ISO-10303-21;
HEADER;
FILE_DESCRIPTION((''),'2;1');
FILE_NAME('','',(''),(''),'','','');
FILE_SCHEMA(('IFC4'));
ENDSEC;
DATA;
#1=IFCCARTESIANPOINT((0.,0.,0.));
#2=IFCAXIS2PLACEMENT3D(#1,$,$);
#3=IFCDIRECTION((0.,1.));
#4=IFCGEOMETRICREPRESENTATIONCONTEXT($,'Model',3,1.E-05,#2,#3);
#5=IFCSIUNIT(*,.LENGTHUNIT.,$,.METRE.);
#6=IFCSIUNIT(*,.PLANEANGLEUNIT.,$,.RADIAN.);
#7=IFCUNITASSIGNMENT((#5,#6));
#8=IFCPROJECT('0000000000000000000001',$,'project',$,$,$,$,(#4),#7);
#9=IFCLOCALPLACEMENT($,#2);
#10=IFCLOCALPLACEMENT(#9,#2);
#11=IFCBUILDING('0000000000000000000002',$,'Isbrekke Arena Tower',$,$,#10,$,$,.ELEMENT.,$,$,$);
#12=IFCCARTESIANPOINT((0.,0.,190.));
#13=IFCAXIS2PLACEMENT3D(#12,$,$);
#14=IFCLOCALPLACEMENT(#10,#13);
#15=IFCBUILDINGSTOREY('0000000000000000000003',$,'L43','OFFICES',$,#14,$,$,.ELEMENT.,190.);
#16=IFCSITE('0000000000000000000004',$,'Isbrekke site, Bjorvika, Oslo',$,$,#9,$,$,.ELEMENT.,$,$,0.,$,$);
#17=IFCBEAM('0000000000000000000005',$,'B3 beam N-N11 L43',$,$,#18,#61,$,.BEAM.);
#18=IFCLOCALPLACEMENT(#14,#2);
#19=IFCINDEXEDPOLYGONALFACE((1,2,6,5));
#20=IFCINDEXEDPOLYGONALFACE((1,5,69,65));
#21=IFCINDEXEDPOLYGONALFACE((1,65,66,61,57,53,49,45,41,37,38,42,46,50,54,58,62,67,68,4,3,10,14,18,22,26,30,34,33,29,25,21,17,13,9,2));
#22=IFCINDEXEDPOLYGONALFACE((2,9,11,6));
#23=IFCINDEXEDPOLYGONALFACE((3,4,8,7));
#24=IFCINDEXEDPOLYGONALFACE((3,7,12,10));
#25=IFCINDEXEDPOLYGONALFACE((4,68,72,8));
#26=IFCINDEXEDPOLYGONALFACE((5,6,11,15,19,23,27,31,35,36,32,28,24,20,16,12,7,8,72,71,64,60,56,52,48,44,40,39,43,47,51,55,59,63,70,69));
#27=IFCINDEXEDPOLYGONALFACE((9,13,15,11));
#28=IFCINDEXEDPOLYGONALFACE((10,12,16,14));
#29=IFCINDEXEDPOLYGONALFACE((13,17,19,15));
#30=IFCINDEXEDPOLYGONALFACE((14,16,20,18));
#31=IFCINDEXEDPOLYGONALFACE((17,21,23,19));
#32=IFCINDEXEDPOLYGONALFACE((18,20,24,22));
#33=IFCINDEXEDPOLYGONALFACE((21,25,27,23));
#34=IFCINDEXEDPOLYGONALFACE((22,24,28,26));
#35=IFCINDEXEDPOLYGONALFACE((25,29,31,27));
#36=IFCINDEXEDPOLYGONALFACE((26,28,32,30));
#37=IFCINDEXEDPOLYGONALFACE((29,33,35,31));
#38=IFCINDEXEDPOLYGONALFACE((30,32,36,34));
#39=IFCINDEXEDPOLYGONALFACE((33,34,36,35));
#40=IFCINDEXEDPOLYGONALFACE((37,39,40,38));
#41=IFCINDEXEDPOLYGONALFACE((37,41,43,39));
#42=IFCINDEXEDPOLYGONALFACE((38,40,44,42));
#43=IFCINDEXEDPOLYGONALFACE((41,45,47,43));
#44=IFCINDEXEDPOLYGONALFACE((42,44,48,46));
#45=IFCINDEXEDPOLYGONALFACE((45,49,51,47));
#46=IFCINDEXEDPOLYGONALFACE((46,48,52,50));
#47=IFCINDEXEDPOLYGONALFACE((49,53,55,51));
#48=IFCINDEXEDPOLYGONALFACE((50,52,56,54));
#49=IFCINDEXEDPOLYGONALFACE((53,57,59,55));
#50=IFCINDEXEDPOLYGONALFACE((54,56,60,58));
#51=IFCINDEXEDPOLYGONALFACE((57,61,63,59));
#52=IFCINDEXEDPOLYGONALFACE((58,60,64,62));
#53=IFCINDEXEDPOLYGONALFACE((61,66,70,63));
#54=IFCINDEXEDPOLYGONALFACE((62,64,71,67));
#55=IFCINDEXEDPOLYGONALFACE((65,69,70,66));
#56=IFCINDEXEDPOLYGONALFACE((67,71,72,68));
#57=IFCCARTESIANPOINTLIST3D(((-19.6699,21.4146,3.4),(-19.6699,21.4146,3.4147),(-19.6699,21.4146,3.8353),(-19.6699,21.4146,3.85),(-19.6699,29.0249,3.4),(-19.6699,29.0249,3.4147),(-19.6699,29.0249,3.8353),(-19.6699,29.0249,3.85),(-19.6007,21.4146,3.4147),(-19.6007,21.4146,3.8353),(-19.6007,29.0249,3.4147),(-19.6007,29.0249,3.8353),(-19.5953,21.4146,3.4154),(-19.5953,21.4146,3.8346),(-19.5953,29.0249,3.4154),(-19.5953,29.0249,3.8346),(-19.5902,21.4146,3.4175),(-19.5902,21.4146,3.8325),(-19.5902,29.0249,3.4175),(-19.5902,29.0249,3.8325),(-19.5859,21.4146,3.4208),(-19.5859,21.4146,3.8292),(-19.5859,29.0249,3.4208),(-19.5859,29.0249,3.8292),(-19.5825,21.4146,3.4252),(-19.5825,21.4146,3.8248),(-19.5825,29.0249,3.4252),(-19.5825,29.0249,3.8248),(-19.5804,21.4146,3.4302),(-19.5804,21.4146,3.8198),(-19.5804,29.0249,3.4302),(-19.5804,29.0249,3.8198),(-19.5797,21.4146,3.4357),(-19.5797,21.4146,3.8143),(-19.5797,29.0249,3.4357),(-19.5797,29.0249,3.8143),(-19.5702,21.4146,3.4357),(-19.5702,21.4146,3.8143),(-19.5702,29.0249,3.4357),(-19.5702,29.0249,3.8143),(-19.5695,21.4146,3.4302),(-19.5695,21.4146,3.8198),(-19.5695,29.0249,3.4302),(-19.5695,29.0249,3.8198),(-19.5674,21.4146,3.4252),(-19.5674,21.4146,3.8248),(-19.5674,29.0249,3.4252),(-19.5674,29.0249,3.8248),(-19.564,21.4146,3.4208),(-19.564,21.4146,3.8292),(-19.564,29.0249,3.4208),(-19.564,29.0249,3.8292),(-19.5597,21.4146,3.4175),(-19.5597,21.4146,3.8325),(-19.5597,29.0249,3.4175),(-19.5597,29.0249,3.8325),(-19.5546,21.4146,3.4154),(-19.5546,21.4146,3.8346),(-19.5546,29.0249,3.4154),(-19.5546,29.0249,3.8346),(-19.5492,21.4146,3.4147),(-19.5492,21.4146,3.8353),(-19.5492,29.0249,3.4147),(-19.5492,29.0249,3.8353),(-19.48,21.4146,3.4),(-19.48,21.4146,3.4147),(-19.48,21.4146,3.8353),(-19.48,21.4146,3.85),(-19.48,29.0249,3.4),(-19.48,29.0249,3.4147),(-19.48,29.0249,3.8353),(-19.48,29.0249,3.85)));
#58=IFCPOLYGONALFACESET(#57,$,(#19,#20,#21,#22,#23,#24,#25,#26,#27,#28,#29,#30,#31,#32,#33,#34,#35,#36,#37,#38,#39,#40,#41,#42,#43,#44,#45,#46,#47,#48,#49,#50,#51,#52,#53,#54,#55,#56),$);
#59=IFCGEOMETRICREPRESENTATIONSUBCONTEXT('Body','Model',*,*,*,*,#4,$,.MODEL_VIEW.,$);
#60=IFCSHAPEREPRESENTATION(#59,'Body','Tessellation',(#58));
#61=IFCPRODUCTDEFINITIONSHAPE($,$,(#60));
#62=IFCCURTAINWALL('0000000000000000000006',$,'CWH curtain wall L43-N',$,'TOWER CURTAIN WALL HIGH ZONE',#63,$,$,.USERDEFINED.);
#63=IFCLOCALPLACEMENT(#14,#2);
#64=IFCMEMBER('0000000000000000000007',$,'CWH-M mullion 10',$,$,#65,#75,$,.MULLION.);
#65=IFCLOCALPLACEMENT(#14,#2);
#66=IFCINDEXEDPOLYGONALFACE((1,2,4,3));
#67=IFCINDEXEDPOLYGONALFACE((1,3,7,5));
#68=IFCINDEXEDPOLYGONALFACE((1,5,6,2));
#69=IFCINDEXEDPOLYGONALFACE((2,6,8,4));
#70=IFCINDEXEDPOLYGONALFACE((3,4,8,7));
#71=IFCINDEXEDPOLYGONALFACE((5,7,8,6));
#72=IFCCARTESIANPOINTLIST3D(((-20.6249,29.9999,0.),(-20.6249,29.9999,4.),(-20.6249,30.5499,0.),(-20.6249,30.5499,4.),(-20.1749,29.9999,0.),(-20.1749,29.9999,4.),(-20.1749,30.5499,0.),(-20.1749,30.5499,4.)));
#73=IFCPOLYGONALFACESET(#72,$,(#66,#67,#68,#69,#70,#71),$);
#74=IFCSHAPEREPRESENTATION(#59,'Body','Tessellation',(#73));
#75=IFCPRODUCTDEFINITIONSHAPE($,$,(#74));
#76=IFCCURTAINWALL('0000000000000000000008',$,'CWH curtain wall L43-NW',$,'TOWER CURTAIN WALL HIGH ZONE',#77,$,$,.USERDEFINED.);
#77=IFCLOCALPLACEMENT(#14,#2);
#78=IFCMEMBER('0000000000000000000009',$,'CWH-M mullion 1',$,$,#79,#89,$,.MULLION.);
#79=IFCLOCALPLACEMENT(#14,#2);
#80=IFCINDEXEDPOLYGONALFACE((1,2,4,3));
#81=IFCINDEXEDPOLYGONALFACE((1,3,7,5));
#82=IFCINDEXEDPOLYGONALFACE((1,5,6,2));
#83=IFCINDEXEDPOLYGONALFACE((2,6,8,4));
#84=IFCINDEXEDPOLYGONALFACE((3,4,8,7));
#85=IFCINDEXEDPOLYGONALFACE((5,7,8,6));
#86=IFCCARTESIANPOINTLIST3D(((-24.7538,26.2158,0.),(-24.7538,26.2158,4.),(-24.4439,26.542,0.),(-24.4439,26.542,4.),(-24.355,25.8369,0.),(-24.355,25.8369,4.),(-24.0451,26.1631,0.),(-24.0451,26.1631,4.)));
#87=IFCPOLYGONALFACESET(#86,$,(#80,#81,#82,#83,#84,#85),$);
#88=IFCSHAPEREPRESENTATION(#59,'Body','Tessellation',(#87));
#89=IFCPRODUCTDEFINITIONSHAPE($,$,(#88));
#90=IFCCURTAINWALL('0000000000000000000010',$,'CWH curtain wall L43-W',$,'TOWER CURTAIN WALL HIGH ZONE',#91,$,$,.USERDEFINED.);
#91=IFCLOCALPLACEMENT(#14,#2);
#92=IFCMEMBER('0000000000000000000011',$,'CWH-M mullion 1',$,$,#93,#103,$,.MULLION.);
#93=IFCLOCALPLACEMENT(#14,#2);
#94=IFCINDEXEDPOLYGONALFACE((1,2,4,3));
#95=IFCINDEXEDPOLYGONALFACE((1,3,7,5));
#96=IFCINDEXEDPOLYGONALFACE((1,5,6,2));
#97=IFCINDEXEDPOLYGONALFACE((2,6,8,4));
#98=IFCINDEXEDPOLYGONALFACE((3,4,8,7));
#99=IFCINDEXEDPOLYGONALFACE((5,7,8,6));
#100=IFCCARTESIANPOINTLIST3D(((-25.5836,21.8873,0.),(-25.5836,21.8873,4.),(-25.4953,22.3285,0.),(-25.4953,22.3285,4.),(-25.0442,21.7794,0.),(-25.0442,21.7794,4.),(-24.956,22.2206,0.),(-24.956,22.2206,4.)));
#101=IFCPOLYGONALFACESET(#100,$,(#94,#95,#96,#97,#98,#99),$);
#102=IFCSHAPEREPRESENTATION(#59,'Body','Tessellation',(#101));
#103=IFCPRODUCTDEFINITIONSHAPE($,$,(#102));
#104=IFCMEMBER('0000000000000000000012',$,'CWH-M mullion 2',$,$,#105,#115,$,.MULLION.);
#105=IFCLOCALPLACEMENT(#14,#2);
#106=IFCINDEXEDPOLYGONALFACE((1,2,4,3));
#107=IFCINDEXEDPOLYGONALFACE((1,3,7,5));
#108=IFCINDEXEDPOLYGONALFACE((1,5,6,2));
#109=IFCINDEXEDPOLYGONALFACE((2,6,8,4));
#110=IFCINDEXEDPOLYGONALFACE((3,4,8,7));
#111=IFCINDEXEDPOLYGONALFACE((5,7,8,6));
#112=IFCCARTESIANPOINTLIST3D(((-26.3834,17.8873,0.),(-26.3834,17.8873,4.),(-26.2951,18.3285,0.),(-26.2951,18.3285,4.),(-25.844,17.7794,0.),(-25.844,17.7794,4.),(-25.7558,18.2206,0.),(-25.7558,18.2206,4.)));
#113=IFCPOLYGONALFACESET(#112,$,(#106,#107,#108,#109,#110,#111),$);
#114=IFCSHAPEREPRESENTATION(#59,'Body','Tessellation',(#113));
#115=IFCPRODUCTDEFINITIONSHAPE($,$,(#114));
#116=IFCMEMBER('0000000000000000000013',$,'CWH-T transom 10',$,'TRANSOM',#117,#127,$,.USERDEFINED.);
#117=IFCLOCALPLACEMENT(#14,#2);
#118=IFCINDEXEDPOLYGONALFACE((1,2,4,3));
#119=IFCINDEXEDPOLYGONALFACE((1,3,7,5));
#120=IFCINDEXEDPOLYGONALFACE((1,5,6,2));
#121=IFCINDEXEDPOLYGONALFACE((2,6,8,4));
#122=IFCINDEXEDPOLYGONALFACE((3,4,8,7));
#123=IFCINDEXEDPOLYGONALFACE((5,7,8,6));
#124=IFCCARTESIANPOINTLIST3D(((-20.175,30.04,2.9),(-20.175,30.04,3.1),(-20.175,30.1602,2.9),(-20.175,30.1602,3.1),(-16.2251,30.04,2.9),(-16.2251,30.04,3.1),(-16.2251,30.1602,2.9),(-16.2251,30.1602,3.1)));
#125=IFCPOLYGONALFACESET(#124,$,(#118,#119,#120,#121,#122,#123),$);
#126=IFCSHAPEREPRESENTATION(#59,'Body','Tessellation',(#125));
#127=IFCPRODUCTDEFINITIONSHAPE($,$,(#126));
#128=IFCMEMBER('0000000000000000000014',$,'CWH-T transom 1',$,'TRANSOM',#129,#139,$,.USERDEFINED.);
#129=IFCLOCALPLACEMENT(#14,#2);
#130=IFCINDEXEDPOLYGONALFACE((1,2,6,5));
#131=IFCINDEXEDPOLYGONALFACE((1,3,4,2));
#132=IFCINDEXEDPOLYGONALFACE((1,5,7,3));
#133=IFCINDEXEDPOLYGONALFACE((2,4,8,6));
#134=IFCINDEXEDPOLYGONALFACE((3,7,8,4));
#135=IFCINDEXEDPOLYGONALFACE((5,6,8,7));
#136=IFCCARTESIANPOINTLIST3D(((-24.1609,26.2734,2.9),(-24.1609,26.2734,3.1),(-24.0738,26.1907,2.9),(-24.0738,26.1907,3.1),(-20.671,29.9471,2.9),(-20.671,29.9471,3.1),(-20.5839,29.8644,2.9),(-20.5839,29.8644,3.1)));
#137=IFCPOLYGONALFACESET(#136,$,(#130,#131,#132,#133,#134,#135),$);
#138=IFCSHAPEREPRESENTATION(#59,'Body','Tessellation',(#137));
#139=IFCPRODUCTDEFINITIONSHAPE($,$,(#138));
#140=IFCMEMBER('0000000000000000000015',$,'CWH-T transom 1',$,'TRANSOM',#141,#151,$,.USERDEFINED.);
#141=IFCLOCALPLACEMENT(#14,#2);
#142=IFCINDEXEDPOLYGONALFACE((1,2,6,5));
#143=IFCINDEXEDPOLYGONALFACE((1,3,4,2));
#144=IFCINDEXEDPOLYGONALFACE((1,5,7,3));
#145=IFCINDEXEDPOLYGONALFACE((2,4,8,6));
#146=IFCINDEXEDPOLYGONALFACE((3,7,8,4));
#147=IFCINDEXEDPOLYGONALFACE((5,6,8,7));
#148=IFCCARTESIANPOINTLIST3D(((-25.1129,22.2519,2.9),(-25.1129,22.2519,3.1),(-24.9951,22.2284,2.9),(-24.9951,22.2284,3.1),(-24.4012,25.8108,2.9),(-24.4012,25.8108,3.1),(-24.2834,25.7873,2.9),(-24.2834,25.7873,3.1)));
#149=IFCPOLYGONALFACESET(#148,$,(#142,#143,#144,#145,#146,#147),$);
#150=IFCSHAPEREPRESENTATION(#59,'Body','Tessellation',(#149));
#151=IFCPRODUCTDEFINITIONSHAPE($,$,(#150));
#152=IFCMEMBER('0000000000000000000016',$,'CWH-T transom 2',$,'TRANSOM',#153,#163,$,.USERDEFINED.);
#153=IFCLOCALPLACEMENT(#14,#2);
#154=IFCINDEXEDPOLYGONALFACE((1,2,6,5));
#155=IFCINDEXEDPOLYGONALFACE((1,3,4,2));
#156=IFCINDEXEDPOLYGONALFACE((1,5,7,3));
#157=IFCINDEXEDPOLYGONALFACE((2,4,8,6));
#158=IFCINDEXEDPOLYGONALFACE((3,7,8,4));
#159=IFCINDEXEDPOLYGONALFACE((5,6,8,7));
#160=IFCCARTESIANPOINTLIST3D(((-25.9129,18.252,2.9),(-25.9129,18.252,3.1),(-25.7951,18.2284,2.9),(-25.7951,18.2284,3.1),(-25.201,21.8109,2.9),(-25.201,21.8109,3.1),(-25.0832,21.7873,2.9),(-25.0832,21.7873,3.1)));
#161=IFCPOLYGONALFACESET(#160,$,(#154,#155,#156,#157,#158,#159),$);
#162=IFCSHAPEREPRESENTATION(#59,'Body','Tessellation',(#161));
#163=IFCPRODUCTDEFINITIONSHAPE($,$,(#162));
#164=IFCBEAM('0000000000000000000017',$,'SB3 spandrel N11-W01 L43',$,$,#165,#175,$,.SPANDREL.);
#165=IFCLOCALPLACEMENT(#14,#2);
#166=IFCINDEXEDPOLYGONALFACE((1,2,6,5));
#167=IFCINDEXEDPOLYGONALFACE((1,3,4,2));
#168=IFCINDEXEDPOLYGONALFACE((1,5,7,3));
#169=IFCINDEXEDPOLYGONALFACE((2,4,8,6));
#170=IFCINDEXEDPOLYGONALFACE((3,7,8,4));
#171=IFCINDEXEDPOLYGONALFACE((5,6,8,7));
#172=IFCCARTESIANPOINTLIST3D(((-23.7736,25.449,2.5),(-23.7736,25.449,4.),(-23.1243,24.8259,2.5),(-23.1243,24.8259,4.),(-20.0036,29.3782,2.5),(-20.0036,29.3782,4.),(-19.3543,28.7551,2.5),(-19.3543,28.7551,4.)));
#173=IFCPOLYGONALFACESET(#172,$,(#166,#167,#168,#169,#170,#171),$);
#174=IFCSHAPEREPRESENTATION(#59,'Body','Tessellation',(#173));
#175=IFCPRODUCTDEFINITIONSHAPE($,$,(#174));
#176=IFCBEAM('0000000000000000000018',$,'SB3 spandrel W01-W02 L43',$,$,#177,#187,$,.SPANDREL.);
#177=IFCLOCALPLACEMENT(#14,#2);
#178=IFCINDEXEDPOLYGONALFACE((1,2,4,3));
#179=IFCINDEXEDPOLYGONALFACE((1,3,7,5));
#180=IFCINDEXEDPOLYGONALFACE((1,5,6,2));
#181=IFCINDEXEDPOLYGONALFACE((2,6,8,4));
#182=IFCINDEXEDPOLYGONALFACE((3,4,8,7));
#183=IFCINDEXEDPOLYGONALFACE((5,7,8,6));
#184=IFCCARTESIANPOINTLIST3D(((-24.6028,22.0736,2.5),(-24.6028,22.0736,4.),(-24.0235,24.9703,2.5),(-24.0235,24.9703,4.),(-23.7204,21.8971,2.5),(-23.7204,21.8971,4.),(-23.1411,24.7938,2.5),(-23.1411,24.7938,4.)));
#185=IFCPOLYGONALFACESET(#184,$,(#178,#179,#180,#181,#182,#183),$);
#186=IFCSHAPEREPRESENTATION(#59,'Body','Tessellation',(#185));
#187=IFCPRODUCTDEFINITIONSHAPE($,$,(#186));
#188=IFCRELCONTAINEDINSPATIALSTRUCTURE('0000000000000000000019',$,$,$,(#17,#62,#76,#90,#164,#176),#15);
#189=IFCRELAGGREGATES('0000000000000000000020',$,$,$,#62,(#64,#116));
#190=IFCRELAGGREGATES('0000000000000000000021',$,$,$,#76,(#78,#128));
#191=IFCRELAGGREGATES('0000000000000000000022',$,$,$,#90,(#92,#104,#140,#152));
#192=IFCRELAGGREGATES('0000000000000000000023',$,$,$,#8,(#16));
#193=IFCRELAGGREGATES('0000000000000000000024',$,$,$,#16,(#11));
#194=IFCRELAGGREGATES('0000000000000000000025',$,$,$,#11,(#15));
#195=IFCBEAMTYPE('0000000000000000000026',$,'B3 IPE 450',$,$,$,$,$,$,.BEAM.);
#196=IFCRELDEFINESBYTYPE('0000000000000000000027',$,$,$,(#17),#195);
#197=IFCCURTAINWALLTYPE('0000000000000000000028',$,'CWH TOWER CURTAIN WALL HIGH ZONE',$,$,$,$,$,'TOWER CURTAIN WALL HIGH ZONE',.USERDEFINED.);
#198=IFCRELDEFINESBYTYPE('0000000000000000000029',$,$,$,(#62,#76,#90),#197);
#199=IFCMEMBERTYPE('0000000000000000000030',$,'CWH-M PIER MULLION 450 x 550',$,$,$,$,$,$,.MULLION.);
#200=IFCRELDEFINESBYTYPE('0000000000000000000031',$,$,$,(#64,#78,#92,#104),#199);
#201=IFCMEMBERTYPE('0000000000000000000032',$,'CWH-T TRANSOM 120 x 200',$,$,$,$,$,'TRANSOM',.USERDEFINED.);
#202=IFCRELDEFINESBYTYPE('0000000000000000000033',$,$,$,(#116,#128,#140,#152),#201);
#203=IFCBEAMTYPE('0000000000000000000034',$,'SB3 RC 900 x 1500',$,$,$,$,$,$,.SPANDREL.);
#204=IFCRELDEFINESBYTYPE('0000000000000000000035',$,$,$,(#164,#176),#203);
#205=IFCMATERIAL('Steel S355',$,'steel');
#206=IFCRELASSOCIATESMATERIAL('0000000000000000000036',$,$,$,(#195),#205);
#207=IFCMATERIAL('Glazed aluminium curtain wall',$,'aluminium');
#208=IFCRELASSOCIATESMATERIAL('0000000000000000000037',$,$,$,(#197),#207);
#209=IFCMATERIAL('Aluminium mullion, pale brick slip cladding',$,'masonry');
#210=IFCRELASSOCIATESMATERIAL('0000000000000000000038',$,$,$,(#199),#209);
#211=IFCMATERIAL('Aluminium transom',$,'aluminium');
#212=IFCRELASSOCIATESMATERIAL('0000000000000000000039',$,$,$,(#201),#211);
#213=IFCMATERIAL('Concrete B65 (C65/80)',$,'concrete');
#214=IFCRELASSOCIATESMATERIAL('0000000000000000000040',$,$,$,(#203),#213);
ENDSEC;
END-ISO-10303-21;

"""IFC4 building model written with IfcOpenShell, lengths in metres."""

from ifc_helpers import new_model, si_unit, direction, frame, origin, origin_2d, place, context, subcontext, project, spatial, rectangle, i_section, extrude, material, material_profile, profile_set, type_object, element, aggregate, save


model = new_model("IFC4")

# Units and contexts
model_context = context("Model", 3, precision=1e-05, world=origin(), true_north=direction((0.0, 1.0)))
body_context = subcontext(model_context, "Body", "Model", "MODEL_VIEW")
ifc_project = project(units=[si_unit("LENGTHUNIT", "METRE"), si_unit("PLANEANGLEUNIT", "RADIAN")], contexts=[model_context])

# Site, building, storey
site_placement = place(None, origin())
site = spatial("IfcSite", under=ifc_project, at=site_placement, Name="Isbrekke site, Bjorvika, Oslo", CompositionType="ELEMENT", RefElevation=0.0)
building_placement = place(site_placement, origin())
building = spatial("IfcBuilding", under=site, at=building_placement, Name="Isbrekke Arena Tower", CompositionType="ELEMENT")
storey_placement = place(building_placement, frame((0.0, 0.0, 190.0)))
storey = spatial("IfcBuildingStorey", under=building, at=storey_placement, Name="L43", Description="OFFICES", CompositionType="ELEMENT", Elevation=190.0)

# Beam
ifc_material_1 = material(Name="Steel S355", Category="steel")
ifc_material_profile_1 = material_profile(ifc_material_1, i_section(OverallWidth=0.1899, OverallDepth=0.45, WebThickness=0.0095, FlangeThickness=0.0146, FilletRadius=0.021, at=origin_2d()), Name="IPE 450")
ifc_profile_set_1 = profile_set([ifc_material_profile_1], Name="Steel S355")
beam_type_1 = type_object("IfcBeamType", Name="B3 IPE 450", PredefinedType="BEAM", material=ifc_profile_set_1)
beam_1_placement = place(storey_placement, frame((-19.575, 29.0249, 3.625), z_axis=(0.0, -1.0, 0.0), x_axis=(1.0, 0.0, 0.0)))
element("IfcBeam", 1, at=beam_1_placement, inside=storey, type_object=beam_type_1, Name="B3 beam N-N11 L43", PredefinedType="BEAM", context=body_context, shape_type="SweptSolid", body=[
    extrude(i_section(OverallWidth=0.1899, OverallDepth=0.45, WebThickness=0.0095, FlangeThickness=0.0146, FilletRadius=0.021, at=origin_2d()), origin(), (0.0, 0.0, 1.0), 7.6104),
])

# Curtain walls, members
ifc_material_2 = material(Name="Glazed aluminium curtain wall", Category="aluminium")
curtain_wall_type = type_object("IfcCurtainWallType", Name="CWH TOWER CURTAIN WALL HIGH ZONE", ElementType="TOWER CURTAIN WALL HIGH ZONE", PredefinedType="USERDEFINED", material=ifc_material_2)
curtain_wall_1_placement = place(storey_placement, origin())
curtain_wall_1 = element("IfcCurtainWall", 2, at=curtain_wall_1_placement, inside=storey, type_object=curtain_wall_type, Name="CWH curtain wall L43-N", ObjectType="TOWER CURTAIN WALL HIGH ZONE", PredefinedType="USERDEFINED")
ifc_material_3 = material(Name="Aluminium mullion, pale brick slip cladding", Category="masonry")
ifc_material_profile_2 = material_profile(ifc_material_3, rectangle(XDim=0.45, YDim=0.55, at=origin_2d()), Name="PIER 450X550")
ifc_profile_set_2 = profile_set([ifc_material_profile_2], Name="Aluminium mullion, pale brick slip cladding")
member_type_1 = type_object("IfcMemberType", Name="CWH-M PIER MULLION 450 x 550", PredefinedType="MULLION", material=ifc_profile_set_2)
member_1_placement = place(storey_placement, frame((-20.3999, 30.2749, 0.0), z_axis=(0.0, 0.0, 1.0), x_axis=(-1.0, 0.0, 0.0)))
member_1 = element("IfcMember", 3, at=member_1_placement, type_object=member_type_1, Name="CWH-M mullion 10", PredefinedType="MULLION", context=body_context, shape_type="SweptSolid", body=[
    extrude(rectangle(XDim=0.45, YDim=0.55, at=origin_2d()), origin(), (0.0, 0.0, 1.0), 4.0),
])
curtain_wall_2_placement = place(storey_placement, origin())
curtain_wall_2 = element("IfcCurtainWall", 4, at=curtain_wall_2_placement, inside=storey, type_object=curtain_wall_type, Name="CWH curtain wall L43-NW", ObjectType="TOWER CURTAIN WALL HIGH ZONE", PredefinedType="USERDEFINED")
member_2_placement = place(storey_placement, frame((-24.3994, 26.1895, 0.0), z_axis=(0.0, 0.0, 1.0), x_axis=(-0.688749, -0.724999, 0.0)))
member_2 = element("IfcMember", 5, at=member_2_placement, type_object=member_type_1, Name="CWH-M mullion 1", PredefinedType="MULLION", context=body_context, shape_type="SweptSolid", body=[
    extrude(rectangle(XDim=0.45, YDim=0.55, at=origin_2d()), origin(), (0.0, 0.0, 1.0), 4.0),
])

# Curtain wall, members
curtain_wall_3_placement = place(storey_placement, origin())
curtain_wall_3 = element("IfcCurtainWall", 6, at=curtain_wall_3_placement, inside=storey, type_object=curtain_wall_type, Name="CWH curtain wall L43-W", ObjectType="TOWER CURTAIN WALL HIGH ZONE", PredefinedType="USERDEFINED")
member_3_placement = place(storey_placement, frame((-25.2698, 22.054, 0.0), z_axis=(0.0, 0.0, 1.0), x_axis=(-0.196116, -0.980581, 0.0)))
member_3 = element("IfcMember", 7, at=member_3_placement, type_object=member_type_1, Name="CWH-M mullion 1", PredefinedType="MULLION", context=body_context, shape_type="SweptSolid", body=[
    extrude(rectangle(XDim=0.45, YDim=0.55, at=origin_2d()), origin(), (0.0, 0.0, 1.0), 4.0),
])
member_4_placement = place(storey_placement, frame((-26.0696, 18.054, 0.0), z_axis=(0.0, 0.0, 1.0), x_axis=(-0.196116, -0.980581, 0.0)))
member_4 = element("IfcMember", 8, at=member_4_placement, type_object=member_type_1, Name="CWH-M mullion 2", PredefinedType="MULLION", context=body_context, shape_type="SweptSolid", body=[
    extrude(rectangle(XDim=0.45, YDim=0.55, at=origin_2d()), origin(), (0.0, 0.0, 1.0), 4.0),
])

# Members
ifc_material_4 = material(Name="Aluminium transom", Category="aluminium")
ifc_material_profile_3 = material_profile(ifc_material_4, rectangle(XDim=0.1201, YDim=0.2, at=origin_2d()), Name="TRANSOM 120X200")
ifc_profile_set_3 = profile_set([ifc_material_profile_3], Name="Aluminium transom")
member_type_2 = type_object("IfcMemberType", Name="CWH-T TRANSOM 120 x 200", ElementType="TRANSOM", PredefinedType="USERDEFINED", material=ifc_profile_set_3)
member_5_placement = place(storey_placement, frame((-16.2251, 30.1001, 3.0), z_axis=(-1.0, 0.0, 0.0), x_axis=(0.0, -1.0, 0.0)))
member_5 = element("IfcMember", 9, at=member_5_placement, type_object=member_type_2, Name="CWH-T transom 10", ObjectType="TRANSOM", PredefinedType="USERDEFINED", context=body_context, shape_type="SweptSolid", body=[
    extrude(rectangle(XDim=0.1201, YDim=0.2, at=origin_2d()), origin(), (0.0, 0.0, 1.0), 3.95),
])
member_6_placement = place(storey_placement, frame((-20.6274, 29.9058, 3.0), z_axis=(-0.688734, -0.725014, 0.0), x_axis=(0.725014, -0.688734, 0.0)))
member_6 = element("IfcMember", 10, at=member_6_placement, type_object=member_type_2, Name="CWH-T transom 1", ObjectType="TRANSOM", PredefinedType="USERDEFINED", context=body_context, shape_type="SweptSolid", body=[
    extrude(rectangle(XDim=0.1201, YDim=0.2, at=origin_2d()), origin(), (0.0, 0.0, 1.0), 5.0671),
])
member_7_placement = place(storey_placement, frame((-24.3423, 25.7991, 3.0), z_axis=(-0.19609, -0.980586, 0.0), x_axis=(0.980586, -0.19609, 0.0)))
member_7 = element("IfcMember", 11, at=member_7_placement, type_object=member_type_2, Name="CWH-T transom 1", ObjectType="TRANSOM", PredefinedType="USERDEFINED", context=body_context, shape_type="SweptSolid", body=[
    extrude(rectangle(XDim=0.1201, YDim=0.2, at=origin_2d()), origin(), (0.0, 0.0, 1.0), 3.6294),
])
member_8_placement = place(storey_placement, frame((-25.1421, 21.7991, 3.0), z_axis=(-0.196155, -0.980573, 0.0), x_axis=(0.980573, -0.196155, 0.0)))
member_8 = element("IfcMember", 12, at=member_8_placement, type_object=member_type_2, Name="CWH-T transom 2", ObjectType="TRANSOM", PredefinedType="USERDEFINED", context=body_context, shape_type="SweptSolid", body=[
    extrude(rectangle(XDim=0.1201, YDim=0.2, at=origin_2d()), origin(), (0.0, 0.0, 1.0), 3.6294),
])

# Beams
ifc_material_5 = material(Name="Concrete B65 (C65/80)", Category="concrete")
ifc_material_profile_4 = material_profile(ifc_material_5, rectangle(XDim=0.8999, YDim=1.5, at=origin_2d()), Name="RC 900x1500")
ifc_profile_set_4 = profile_set([ifc_material_profile_4], Name="Concrete B65 (C65/80)")
beam_type_2 = type_object("IfcBeamType", Name="SB3 RC 900 x 1500", PredefinedType="SPANDREL", material=ifc_profile_set_4)
beam_2_placement = place(storey_placement, frame((-19.679, 29.0667, 3.25), z_axis=(-0.69234, -0.721572, 0.0), x_axis=(0.721572, -0.69234, 0.0)))
element("IfcBeam", 13, at=beam_2_placement, inside=storey, type_object=beam_type_2, Name="SB3 spandrel N11-W01 L43", PredefinedType="SPANDREL", context=body_context, shape_type="SweptSolid", body=[
    extrude(rectangle(XDim=0.8999, YDim=1.5, at=origin_2d()), origin(), (0.0, 0.0, 1.0), 5.4453),
])
beam_3_placement = place(storey_placement, frame((-23.5823, 24.8821, 3.25), z_axis=(-0.196116, -0.980581, 0.0), x_axis=(0.980581, -0.196116, 0.0)))
element("IfcBeam", 14, at=beam_3_placement, inside=storey, type_object=beam_type_2, Name="SB3 spandrel W01-W02 L43", PredefinedType="SPANDREL", context=body_context, shape_type="SweptSolid", body=[
    extrude(rectangle(XDim=0.8999, YDim=1.5, at=origin_2d()), origin(), (0.0, 0.0, 1.0), 2.9541),
])

aggregate(curtain_wall_1, [member_1, member_5])
aggregate(curtain_wall_2, [member_2, member_6])
aggregate(curtain_wall_3, [member_3, member_4, member_7, member_8])

save(model, "model.ifc")
